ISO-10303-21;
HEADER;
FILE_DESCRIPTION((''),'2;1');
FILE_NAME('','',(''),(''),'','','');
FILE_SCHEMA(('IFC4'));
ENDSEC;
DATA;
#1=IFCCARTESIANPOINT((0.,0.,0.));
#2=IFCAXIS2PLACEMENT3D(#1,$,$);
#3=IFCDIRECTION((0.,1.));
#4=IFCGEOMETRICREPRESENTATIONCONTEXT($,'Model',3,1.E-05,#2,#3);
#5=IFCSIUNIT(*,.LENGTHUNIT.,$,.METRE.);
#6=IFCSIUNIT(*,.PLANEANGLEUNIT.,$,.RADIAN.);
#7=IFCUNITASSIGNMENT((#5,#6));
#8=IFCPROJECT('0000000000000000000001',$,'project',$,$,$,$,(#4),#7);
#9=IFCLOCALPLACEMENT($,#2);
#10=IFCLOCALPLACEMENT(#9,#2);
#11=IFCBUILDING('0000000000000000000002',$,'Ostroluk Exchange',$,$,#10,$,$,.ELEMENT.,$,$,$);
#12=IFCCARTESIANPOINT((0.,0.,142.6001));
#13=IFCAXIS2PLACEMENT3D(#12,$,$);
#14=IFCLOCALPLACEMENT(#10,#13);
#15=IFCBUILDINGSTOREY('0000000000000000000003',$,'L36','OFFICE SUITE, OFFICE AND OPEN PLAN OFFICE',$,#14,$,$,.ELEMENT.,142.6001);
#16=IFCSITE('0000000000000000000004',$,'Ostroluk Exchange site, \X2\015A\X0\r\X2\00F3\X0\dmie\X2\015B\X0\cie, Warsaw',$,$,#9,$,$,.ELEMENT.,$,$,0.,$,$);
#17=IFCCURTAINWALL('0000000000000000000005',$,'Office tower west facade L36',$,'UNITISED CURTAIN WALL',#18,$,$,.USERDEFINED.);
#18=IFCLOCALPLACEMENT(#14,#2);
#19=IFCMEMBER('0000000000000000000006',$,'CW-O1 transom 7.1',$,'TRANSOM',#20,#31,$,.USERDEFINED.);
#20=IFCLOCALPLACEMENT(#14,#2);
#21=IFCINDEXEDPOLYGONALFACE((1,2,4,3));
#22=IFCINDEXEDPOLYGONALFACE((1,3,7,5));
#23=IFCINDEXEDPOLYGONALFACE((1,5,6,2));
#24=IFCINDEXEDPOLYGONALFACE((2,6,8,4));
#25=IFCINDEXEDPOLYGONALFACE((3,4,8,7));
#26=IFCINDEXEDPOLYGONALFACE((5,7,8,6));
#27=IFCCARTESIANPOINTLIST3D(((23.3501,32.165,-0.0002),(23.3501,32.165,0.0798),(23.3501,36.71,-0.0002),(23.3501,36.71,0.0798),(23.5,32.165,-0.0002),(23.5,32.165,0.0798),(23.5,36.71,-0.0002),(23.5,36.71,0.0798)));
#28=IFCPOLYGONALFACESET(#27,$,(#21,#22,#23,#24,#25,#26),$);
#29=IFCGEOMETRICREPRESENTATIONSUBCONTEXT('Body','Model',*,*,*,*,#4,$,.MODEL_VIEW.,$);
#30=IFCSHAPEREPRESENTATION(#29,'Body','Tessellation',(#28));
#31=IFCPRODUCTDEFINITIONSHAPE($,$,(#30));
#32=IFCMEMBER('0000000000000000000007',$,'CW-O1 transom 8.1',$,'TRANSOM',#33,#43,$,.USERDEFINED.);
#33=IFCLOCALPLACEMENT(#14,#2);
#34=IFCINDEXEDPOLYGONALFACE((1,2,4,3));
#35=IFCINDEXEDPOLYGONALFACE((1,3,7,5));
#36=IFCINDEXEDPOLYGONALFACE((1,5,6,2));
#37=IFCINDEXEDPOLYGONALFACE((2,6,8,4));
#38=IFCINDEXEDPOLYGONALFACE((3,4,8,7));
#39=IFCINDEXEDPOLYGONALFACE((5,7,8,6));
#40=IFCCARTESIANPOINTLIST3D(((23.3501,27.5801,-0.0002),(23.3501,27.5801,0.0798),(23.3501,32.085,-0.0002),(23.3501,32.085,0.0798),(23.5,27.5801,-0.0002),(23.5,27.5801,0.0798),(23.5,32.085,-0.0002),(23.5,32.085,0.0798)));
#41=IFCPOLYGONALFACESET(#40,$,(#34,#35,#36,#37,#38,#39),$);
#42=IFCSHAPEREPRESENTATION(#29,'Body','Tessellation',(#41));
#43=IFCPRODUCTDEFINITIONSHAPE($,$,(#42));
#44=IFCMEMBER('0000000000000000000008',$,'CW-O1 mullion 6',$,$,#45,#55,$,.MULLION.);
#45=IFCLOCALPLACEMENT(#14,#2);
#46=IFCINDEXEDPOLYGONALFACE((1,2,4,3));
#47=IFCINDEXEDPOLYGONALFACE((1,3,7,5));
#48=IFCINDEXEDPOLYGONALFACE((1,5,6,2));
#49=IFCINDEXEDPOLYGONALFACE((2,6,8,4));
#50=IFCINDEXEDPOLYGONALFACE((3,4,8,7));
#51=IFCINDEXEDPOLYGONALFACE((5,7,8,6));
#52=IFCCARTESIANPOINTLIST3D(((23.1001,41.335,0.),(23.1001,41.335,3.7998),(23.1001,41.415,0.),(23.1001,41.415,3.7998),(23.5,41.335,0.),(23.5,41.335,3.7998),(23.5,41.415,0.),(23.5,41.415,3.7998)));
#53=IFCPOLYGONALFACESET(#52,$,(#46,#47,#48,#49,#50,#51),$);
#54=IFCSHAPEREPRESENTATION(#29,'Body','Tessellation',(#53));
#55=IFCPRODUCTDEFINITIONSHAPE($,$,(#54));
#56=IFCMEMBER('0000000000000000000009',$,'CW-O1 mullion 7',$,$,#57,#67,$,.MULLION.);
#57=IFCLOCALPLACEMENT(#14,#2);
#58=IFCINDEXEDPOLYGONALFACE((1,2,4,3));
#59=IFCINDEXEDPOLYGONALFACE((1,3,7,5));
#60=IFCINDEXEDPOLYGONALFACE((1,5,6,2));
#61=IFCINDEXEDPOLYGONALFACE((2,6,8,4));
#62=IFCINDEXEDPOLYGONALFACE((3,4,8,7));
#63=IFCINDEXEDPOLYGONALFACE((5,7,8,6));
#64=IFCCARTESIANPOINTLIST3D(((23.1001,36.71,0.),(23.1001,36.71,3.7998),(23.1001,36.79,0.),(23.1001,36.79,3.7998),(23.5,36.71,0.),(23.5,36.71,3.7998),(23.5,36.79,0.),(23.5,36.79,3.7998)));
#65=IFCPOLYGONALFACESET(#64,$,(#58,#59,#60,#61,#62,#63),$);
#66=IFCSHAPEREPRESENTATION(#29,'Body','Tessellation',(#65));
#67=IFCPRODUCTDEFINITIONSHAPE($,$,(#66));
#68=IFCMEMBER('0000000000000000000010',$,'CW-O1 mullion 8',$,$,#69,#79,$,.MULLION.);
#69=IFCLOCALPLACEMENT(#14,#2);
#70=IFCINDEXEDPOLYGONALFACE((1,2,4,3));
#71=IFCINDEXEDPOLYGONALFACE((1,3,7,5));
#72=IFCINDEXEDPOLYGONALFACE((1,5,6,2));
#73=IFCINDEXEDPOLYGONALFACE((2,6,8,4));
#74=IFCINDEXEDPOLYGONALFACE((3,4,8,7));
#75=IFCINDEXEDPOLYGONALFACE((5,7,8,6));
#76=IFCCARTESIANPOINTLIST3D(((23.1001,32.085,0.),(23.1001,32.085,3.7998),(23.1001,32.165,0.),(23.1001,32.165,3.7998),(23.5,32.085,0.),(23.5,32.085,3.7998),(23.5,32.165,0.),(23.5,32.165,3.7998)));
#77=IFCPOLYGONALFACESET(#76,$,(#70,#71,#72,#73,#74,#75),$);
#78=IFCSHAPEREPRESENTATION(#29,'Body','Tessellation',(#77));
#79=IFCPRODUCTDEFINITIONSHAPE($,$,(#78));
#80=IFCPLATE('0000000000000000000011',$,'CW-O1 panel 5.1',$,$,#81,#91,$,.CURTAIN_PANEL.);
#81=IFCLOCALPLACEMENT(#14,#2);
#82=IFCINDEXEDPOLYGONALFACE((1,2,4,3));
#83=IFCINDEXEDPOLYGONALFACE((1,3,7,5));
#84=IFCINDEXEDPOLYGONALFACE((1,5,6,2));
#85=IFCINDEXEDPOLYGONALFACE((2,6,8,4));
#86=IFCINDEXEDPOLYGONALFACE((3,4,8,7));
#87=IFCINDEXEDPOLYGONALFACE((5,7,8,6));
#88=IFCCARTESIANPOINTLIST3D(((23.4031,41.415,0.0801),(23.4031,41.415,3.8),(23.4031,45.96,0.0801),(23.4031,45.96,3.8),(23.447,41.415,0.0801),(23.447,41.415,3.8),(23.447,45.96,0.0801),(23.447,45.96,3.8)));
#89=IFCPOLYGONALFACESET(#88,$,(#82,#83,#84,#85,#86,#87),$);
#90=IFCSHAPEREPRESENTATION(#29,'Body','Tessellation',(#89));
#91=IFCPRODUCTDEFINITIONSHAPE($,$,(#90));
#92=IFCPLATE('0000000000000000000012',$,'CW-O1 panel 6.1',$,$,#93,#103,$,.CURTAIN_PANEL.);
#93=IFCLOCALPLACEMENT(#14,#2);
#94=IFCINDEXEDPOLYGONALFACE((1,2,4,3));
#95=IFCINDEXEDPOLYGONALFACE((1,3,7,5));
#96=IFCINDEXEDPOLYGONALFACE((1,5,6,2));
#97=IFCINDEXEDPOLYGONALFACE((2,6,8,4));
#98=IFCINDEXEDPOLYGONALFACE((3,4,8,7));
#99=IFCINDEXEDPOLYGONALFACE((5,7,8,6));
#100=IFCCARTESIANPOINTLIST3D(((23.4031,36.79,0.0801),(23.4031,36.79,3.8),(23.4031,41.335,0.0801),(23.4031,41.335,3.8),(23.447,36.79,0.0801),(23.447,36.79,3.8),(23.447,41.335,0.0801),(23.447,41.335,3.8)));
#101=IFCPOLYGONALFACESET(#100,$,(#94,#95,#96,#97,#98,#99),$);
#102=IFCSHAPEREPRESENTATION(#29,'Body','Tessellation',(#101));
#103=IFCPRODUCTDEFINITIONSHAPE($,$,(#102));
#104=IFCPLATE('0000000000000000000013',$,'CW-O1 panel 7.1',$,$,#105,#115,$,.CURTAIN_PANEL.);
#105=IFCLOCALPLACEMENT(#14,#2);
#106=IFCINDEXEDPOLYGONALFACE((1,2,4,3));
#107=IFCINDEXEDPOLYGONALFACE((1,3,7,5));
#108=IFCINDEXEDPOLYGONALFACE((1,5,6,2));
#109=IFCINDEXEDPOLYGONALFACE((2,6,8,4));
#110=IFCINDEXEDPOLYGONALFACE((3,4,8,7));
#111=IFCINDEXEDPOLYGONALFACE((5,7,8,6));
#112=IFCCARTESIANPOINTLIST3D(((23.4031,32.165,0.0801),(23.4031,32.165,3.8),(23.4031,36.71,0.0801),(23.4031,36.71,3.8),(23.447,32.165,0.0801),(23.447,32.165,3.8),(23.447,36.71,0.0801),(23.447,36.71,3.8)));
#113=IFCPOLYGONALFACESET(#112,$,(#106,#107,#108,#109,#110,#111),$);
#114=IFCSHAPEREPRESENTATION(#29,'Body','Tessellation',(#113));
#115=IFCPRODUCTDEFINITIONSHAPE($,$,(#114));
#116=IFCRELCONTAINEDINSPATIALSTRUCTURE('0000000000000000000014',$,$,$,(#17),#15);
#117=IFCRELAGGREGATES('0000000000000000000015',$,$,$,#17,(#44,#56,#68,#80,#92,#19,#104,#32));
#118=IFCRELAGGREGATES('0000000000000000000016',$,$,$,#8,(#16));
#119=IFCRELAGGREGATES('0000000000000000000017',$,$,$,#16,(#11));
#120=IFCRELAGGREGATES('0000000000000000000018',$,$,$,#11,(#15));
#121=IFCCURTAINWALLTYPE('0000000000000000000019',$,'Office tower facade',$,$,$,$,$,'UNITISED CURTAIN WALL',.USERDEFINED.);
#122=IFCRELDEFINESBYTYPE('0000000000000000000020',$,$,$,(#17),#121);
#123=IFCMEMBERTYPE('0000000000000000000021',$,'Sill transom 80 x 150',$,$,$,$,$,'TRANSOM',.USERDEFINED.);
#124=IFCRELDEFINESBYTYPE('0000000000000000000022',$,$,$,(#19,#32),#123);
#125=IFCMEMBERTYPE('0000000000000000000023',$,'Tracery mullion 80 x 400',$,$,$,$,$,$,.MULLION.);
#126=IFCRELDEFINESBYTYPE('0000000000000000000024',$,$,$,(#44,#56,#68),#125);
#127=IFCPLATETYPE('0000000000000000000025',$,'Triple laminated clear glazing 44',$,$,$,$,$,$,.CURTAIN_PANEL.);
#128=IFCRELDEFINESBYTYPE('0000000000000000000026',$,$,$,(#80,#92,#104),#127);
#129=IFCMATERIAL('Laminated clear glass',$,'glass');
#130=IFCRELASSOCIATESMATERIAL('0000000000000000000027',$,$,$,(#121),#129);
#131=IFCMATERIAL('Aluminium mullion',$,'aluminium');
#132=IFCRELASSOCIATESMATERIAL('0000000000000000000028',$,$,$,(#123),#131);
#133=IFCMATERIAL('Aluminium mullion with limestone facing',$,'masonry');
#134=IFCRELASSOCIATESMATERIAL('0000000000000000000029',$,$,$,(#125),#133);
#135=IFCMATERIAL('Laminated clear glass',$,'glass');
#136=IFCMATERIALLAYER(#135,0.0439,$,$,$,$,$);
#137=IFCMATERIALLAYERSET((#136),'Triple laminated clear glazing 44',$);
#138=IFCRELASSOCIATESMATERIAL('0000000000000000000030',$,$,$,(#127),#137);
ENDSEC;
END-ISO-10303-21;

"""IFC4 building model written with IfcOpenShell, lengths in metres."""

from ifc_helpers import new_model, si_unit, direction, frame, origin, origin_2d, place, context, subcontext, project, spatial, rectangle, extrude, material, layer, layer_set, material_profile, profile_set, type_object, element, aggregate, save


model = new_model("IFC4")

# Units and contexts
model_context = context("Model", 3, precision=1e-05, world=origin(), true_north=direction((0.0, 1.0)))
body_context = subcontext(model_context, "Body", "Model", "MODEL_VIEW")
ifc_project = project(units=[si_unit("LENGTHUNIT", "METRE"), si_unit("PLANEANGLEUNIT", "RADIAN")], contexts=[model_context])

# Site, building, storey
site_placement = place(None, origin())
site = spatial("IfcSite", under=ifc_project, at=site_placement, Name="Ostroluk Exchange site, Śródmieście, Warsaw", CompositionType="ELEMENT", RefElevation=0.0)
building_placement = place(site_placement, origin())
building = spatial("IfcBuilding", under=site, at=building_placement, Name="Ostroluk Exchange", CompositionType="ELEMENT")
storey_placement = place(building_placement, frame((0.0, 0.0, 142.6001)))
storey = spatial("IfcBuildingStorey", under=building, at=storey_placement, Name="L36", Description="OFFICE SUITE, OFFICE AND OPEN PLAN OFFICE", CompositionType="ELEMENT", Elevation=142.6001)

# Curtain wall, members, plates
ifc_material_1 = material(Name="Laminated clear glass", Category="glass")
curtain_wall_type = type_object("IfcCurtainWallType", Name="Office tower facade", ElementType="UNITISED CURTAIN WALL", PredefinedType="USERDEFINED", material=ifc_material_1)
curtain_wall_placement = place(storey_placement, origin())
curtain_wall = element("IfcCurtainWall", 1, at=curtain_wall_placement, inside=storey, type_object=curtain_wall_type, Name="Office tower west facade L36", ObjectType="UNITISED CURTAIN WALL", PredefinedType="USERDEFINED")
ifc_material_2 = material(Name="Aluminium mullion", Category="aluminium")
ifc_material_profile_1 = material_profile(ifc_material_2, rectangle(XDim=0.1499, YDim=0.0801, at=origin_2d()), Name="Sill transom 80 x 150")
ifc_profile_set_1 = profile_set([ifc_material_profile_1], Name="Aluminium mullion")
member_type_1 = type_object("IfcMemberType", Name="Sill transom 80 x 150", ElementType="TRANSOM", PredefinedType="USERDEFINED", material=ifc_profile_set_1)
member_1_placement = place(storey_placement, frame((23.425, 36.71, 0.0398), z_axis=(0.0, -1.0, 0.0), x_axis=(1.0, 0.0, 0.0)))
member_1 = element("IfcMember", 2, at=member_1_placement, type_object=member_type_1, Name="CW-O1 transom 7.1", ObjectType="TRANSOM", PredefinedType="USERDEFINED", context=body_context, shape_type="SweptSolid", body=[
    extrude(rectangle(XDim=0.1499, YDim=0.0801, at=origin_2d()), origin(), (0.0, 0.0, 1.0), 4.5449),
])
member_2_placement = place(storey_placement, frame((23.425, 32.085, 0.0398), z_axis=(0.0, -1.0, 0.0), x_axis=(1.0, 0.0, 0.0)))
member_2 = element("IfcMember", 3, at=member_2_placement, type_object=member_type_1, Name="CW-O1 transom 8.1", ObjectType="TRANSOM", PredefinedType="USERDEFINED", context=body_context, shape_type="SweptSolid", body=[
    extrude(rectangle(XDim=0.1499, YDim=0.0801, at=origin_2d()), origin(), (0.0, 0.0, 1.0), 4.5049),
])
ifc_material_3 = material(Name="Aluminium mullion with limestone facing", Category="masonry")
ifc_material_profile_2 = material_profile(ifc_material_3, rectangle(XDim=0.3999, YDim=0.0801, at=origin_2d()), Name="Tracery mullion 80 x 400")
ifc_profile_set_2 = profile_set([ifc_material_profile_2], Name="Aluminium mullion with limestone facing")
member_type_2 = type_object("IfcMemberType", Name="Tracery mullion 80 x 400", PredefinedType="MULLION", material=ifc_profile_set_2)
member_3_placement = place(storey_placement, frame((23.3, 41.375, 0.0), z_axis=(0.0, 0.0, 1.0), x_axis=(1.0, 0.0, 0.0)))
member_3 = element("IfcMember", 4, at=member_3_placement, type_object=member_type_2, Name="CW-O1 mullion 6", PredefinedType="MULLION", context=body_context, shape_type="SweptSolid", body=[
    extrude(rectangle(XDim=0.3999, YDim=0.0801, at=origin_2d()), origin(), (0.0, 0.0, 1.0), 3.7998),
])
member_4_placement = place(storey_placement, frame((23.3, 36.75, 0.0), z_axis=(0.0, 0.0, 1.0), x_axis=(1.0, 0.0, 0.0)))
member_4 = element("IfcMember", 5, at=member_4_placement, type_object=member_type_2, Name="CW-O1 mullion 7", PredefinedType="MULLION", context=body_context, shape_type="SweptSolid", body=[
    extrude(rectangle(XDim=0.3999, YDim=0.0801, at=origin_2d()), origin(), (0.0, 0.0, 1.0), 3.7998),
])
member_5_placement = place(storey_placement, frame((23.3, 32.125, 0.0), z_axis=(0.0, 0.0, 1.0), x_axis=(1.0, 0.0, 0.0)))
member_5 = element("IfcMember", 6, at=member_5_placement, type_object=member_type_2, Name="CW-O1 mullion 8", PredefinedType="MULLION", context=body_context, shape_type="SweptSolid", body=[
    extrude(rectangle(XDim=0.3999, YDim=0.0801, at=origin_2d()), origin(), (0.0, 0.0, 1.0), 3.7998),
])
ifc_material_4 = material(Name="Laminated clear glass", Category="glass")
ifc_layer_1 = layer(ifc_material_4, 0.0439)
ifc_layer_set_1 = layer_set([ifc_layer_1], Name="Triple laminated clear glazing 44")
plate_type = type_object("IfcPlateType", Name="Triple laminated clear glazing 44", PredefinedType="CURTAIN_PANEL", material=ifc_layer_set_1)
plate_1_placement = place(storey_placement, frame((23.425, 43.6875, 0.0801), z_axis=(0.0, 0.0, 1.0), x_axis=(0.0, -1.0, 0.0)))
plate_1 = element("IfcPlate", 7, at=plate_1_placement, type_object=plate_type, Name="CW-O1 panel 5.1", PredefinedType="CURTAIN_PANEL", context=body_context, shape_type="SweptSolid", body=[
    extrude(rectangle(XDim=4.5449, YDim=0.0439, at=origin_2d()), origin(), (0.0, 0.0, 1.0), 3.72),
])
plate_2_placement = place(storey_placement, frame((23.425, 39.0625, 0.0801), z_axis=(0.0, 0.0, 1.0), x_axis=(0.0, -1.0, 0.0)))
plate_2 = element("IfcPlate", 8, at=plate_2_placement, type_object=plate_type, Name="CW-O1 panel 6.1", PredefinedType="CURTAIN_PANEL", context=body_context, shape_type="SweptSolid", body=[
    extrude(rectangle(XDim=4.5449, YDim=0.0439, at=origin_2d()), origin(), (0.0, 0.0, 1.0), 3.72),
])
plate_3_placement = place(storey_placement, frame((23.425, 34.4375, 0.0801), z_axis=(0.0, 0.0, 1.0), x_axis=(0.0, -1.0, 0.0)))
plate_3 = element("IfcPlate", 9, at=plate_3_placement, type_object=plate_type, Name="CW-O1 panel 7.1", PredefinedType="CURTAIN_PANEL", context=body_context, shape_type="SweptSolid", body=[
    extrude(rectangle(XDim=4.5449, YDim=0.0439, at=origin_2d()), origin(), (0.0, 0.0, 1.0), 3.72),
])
aggregate(curtain_wall, [member_3, member_4, member_5, plate_1, plate_2, member_1, plate_3, member_2])

save(model, "model.ifc")
